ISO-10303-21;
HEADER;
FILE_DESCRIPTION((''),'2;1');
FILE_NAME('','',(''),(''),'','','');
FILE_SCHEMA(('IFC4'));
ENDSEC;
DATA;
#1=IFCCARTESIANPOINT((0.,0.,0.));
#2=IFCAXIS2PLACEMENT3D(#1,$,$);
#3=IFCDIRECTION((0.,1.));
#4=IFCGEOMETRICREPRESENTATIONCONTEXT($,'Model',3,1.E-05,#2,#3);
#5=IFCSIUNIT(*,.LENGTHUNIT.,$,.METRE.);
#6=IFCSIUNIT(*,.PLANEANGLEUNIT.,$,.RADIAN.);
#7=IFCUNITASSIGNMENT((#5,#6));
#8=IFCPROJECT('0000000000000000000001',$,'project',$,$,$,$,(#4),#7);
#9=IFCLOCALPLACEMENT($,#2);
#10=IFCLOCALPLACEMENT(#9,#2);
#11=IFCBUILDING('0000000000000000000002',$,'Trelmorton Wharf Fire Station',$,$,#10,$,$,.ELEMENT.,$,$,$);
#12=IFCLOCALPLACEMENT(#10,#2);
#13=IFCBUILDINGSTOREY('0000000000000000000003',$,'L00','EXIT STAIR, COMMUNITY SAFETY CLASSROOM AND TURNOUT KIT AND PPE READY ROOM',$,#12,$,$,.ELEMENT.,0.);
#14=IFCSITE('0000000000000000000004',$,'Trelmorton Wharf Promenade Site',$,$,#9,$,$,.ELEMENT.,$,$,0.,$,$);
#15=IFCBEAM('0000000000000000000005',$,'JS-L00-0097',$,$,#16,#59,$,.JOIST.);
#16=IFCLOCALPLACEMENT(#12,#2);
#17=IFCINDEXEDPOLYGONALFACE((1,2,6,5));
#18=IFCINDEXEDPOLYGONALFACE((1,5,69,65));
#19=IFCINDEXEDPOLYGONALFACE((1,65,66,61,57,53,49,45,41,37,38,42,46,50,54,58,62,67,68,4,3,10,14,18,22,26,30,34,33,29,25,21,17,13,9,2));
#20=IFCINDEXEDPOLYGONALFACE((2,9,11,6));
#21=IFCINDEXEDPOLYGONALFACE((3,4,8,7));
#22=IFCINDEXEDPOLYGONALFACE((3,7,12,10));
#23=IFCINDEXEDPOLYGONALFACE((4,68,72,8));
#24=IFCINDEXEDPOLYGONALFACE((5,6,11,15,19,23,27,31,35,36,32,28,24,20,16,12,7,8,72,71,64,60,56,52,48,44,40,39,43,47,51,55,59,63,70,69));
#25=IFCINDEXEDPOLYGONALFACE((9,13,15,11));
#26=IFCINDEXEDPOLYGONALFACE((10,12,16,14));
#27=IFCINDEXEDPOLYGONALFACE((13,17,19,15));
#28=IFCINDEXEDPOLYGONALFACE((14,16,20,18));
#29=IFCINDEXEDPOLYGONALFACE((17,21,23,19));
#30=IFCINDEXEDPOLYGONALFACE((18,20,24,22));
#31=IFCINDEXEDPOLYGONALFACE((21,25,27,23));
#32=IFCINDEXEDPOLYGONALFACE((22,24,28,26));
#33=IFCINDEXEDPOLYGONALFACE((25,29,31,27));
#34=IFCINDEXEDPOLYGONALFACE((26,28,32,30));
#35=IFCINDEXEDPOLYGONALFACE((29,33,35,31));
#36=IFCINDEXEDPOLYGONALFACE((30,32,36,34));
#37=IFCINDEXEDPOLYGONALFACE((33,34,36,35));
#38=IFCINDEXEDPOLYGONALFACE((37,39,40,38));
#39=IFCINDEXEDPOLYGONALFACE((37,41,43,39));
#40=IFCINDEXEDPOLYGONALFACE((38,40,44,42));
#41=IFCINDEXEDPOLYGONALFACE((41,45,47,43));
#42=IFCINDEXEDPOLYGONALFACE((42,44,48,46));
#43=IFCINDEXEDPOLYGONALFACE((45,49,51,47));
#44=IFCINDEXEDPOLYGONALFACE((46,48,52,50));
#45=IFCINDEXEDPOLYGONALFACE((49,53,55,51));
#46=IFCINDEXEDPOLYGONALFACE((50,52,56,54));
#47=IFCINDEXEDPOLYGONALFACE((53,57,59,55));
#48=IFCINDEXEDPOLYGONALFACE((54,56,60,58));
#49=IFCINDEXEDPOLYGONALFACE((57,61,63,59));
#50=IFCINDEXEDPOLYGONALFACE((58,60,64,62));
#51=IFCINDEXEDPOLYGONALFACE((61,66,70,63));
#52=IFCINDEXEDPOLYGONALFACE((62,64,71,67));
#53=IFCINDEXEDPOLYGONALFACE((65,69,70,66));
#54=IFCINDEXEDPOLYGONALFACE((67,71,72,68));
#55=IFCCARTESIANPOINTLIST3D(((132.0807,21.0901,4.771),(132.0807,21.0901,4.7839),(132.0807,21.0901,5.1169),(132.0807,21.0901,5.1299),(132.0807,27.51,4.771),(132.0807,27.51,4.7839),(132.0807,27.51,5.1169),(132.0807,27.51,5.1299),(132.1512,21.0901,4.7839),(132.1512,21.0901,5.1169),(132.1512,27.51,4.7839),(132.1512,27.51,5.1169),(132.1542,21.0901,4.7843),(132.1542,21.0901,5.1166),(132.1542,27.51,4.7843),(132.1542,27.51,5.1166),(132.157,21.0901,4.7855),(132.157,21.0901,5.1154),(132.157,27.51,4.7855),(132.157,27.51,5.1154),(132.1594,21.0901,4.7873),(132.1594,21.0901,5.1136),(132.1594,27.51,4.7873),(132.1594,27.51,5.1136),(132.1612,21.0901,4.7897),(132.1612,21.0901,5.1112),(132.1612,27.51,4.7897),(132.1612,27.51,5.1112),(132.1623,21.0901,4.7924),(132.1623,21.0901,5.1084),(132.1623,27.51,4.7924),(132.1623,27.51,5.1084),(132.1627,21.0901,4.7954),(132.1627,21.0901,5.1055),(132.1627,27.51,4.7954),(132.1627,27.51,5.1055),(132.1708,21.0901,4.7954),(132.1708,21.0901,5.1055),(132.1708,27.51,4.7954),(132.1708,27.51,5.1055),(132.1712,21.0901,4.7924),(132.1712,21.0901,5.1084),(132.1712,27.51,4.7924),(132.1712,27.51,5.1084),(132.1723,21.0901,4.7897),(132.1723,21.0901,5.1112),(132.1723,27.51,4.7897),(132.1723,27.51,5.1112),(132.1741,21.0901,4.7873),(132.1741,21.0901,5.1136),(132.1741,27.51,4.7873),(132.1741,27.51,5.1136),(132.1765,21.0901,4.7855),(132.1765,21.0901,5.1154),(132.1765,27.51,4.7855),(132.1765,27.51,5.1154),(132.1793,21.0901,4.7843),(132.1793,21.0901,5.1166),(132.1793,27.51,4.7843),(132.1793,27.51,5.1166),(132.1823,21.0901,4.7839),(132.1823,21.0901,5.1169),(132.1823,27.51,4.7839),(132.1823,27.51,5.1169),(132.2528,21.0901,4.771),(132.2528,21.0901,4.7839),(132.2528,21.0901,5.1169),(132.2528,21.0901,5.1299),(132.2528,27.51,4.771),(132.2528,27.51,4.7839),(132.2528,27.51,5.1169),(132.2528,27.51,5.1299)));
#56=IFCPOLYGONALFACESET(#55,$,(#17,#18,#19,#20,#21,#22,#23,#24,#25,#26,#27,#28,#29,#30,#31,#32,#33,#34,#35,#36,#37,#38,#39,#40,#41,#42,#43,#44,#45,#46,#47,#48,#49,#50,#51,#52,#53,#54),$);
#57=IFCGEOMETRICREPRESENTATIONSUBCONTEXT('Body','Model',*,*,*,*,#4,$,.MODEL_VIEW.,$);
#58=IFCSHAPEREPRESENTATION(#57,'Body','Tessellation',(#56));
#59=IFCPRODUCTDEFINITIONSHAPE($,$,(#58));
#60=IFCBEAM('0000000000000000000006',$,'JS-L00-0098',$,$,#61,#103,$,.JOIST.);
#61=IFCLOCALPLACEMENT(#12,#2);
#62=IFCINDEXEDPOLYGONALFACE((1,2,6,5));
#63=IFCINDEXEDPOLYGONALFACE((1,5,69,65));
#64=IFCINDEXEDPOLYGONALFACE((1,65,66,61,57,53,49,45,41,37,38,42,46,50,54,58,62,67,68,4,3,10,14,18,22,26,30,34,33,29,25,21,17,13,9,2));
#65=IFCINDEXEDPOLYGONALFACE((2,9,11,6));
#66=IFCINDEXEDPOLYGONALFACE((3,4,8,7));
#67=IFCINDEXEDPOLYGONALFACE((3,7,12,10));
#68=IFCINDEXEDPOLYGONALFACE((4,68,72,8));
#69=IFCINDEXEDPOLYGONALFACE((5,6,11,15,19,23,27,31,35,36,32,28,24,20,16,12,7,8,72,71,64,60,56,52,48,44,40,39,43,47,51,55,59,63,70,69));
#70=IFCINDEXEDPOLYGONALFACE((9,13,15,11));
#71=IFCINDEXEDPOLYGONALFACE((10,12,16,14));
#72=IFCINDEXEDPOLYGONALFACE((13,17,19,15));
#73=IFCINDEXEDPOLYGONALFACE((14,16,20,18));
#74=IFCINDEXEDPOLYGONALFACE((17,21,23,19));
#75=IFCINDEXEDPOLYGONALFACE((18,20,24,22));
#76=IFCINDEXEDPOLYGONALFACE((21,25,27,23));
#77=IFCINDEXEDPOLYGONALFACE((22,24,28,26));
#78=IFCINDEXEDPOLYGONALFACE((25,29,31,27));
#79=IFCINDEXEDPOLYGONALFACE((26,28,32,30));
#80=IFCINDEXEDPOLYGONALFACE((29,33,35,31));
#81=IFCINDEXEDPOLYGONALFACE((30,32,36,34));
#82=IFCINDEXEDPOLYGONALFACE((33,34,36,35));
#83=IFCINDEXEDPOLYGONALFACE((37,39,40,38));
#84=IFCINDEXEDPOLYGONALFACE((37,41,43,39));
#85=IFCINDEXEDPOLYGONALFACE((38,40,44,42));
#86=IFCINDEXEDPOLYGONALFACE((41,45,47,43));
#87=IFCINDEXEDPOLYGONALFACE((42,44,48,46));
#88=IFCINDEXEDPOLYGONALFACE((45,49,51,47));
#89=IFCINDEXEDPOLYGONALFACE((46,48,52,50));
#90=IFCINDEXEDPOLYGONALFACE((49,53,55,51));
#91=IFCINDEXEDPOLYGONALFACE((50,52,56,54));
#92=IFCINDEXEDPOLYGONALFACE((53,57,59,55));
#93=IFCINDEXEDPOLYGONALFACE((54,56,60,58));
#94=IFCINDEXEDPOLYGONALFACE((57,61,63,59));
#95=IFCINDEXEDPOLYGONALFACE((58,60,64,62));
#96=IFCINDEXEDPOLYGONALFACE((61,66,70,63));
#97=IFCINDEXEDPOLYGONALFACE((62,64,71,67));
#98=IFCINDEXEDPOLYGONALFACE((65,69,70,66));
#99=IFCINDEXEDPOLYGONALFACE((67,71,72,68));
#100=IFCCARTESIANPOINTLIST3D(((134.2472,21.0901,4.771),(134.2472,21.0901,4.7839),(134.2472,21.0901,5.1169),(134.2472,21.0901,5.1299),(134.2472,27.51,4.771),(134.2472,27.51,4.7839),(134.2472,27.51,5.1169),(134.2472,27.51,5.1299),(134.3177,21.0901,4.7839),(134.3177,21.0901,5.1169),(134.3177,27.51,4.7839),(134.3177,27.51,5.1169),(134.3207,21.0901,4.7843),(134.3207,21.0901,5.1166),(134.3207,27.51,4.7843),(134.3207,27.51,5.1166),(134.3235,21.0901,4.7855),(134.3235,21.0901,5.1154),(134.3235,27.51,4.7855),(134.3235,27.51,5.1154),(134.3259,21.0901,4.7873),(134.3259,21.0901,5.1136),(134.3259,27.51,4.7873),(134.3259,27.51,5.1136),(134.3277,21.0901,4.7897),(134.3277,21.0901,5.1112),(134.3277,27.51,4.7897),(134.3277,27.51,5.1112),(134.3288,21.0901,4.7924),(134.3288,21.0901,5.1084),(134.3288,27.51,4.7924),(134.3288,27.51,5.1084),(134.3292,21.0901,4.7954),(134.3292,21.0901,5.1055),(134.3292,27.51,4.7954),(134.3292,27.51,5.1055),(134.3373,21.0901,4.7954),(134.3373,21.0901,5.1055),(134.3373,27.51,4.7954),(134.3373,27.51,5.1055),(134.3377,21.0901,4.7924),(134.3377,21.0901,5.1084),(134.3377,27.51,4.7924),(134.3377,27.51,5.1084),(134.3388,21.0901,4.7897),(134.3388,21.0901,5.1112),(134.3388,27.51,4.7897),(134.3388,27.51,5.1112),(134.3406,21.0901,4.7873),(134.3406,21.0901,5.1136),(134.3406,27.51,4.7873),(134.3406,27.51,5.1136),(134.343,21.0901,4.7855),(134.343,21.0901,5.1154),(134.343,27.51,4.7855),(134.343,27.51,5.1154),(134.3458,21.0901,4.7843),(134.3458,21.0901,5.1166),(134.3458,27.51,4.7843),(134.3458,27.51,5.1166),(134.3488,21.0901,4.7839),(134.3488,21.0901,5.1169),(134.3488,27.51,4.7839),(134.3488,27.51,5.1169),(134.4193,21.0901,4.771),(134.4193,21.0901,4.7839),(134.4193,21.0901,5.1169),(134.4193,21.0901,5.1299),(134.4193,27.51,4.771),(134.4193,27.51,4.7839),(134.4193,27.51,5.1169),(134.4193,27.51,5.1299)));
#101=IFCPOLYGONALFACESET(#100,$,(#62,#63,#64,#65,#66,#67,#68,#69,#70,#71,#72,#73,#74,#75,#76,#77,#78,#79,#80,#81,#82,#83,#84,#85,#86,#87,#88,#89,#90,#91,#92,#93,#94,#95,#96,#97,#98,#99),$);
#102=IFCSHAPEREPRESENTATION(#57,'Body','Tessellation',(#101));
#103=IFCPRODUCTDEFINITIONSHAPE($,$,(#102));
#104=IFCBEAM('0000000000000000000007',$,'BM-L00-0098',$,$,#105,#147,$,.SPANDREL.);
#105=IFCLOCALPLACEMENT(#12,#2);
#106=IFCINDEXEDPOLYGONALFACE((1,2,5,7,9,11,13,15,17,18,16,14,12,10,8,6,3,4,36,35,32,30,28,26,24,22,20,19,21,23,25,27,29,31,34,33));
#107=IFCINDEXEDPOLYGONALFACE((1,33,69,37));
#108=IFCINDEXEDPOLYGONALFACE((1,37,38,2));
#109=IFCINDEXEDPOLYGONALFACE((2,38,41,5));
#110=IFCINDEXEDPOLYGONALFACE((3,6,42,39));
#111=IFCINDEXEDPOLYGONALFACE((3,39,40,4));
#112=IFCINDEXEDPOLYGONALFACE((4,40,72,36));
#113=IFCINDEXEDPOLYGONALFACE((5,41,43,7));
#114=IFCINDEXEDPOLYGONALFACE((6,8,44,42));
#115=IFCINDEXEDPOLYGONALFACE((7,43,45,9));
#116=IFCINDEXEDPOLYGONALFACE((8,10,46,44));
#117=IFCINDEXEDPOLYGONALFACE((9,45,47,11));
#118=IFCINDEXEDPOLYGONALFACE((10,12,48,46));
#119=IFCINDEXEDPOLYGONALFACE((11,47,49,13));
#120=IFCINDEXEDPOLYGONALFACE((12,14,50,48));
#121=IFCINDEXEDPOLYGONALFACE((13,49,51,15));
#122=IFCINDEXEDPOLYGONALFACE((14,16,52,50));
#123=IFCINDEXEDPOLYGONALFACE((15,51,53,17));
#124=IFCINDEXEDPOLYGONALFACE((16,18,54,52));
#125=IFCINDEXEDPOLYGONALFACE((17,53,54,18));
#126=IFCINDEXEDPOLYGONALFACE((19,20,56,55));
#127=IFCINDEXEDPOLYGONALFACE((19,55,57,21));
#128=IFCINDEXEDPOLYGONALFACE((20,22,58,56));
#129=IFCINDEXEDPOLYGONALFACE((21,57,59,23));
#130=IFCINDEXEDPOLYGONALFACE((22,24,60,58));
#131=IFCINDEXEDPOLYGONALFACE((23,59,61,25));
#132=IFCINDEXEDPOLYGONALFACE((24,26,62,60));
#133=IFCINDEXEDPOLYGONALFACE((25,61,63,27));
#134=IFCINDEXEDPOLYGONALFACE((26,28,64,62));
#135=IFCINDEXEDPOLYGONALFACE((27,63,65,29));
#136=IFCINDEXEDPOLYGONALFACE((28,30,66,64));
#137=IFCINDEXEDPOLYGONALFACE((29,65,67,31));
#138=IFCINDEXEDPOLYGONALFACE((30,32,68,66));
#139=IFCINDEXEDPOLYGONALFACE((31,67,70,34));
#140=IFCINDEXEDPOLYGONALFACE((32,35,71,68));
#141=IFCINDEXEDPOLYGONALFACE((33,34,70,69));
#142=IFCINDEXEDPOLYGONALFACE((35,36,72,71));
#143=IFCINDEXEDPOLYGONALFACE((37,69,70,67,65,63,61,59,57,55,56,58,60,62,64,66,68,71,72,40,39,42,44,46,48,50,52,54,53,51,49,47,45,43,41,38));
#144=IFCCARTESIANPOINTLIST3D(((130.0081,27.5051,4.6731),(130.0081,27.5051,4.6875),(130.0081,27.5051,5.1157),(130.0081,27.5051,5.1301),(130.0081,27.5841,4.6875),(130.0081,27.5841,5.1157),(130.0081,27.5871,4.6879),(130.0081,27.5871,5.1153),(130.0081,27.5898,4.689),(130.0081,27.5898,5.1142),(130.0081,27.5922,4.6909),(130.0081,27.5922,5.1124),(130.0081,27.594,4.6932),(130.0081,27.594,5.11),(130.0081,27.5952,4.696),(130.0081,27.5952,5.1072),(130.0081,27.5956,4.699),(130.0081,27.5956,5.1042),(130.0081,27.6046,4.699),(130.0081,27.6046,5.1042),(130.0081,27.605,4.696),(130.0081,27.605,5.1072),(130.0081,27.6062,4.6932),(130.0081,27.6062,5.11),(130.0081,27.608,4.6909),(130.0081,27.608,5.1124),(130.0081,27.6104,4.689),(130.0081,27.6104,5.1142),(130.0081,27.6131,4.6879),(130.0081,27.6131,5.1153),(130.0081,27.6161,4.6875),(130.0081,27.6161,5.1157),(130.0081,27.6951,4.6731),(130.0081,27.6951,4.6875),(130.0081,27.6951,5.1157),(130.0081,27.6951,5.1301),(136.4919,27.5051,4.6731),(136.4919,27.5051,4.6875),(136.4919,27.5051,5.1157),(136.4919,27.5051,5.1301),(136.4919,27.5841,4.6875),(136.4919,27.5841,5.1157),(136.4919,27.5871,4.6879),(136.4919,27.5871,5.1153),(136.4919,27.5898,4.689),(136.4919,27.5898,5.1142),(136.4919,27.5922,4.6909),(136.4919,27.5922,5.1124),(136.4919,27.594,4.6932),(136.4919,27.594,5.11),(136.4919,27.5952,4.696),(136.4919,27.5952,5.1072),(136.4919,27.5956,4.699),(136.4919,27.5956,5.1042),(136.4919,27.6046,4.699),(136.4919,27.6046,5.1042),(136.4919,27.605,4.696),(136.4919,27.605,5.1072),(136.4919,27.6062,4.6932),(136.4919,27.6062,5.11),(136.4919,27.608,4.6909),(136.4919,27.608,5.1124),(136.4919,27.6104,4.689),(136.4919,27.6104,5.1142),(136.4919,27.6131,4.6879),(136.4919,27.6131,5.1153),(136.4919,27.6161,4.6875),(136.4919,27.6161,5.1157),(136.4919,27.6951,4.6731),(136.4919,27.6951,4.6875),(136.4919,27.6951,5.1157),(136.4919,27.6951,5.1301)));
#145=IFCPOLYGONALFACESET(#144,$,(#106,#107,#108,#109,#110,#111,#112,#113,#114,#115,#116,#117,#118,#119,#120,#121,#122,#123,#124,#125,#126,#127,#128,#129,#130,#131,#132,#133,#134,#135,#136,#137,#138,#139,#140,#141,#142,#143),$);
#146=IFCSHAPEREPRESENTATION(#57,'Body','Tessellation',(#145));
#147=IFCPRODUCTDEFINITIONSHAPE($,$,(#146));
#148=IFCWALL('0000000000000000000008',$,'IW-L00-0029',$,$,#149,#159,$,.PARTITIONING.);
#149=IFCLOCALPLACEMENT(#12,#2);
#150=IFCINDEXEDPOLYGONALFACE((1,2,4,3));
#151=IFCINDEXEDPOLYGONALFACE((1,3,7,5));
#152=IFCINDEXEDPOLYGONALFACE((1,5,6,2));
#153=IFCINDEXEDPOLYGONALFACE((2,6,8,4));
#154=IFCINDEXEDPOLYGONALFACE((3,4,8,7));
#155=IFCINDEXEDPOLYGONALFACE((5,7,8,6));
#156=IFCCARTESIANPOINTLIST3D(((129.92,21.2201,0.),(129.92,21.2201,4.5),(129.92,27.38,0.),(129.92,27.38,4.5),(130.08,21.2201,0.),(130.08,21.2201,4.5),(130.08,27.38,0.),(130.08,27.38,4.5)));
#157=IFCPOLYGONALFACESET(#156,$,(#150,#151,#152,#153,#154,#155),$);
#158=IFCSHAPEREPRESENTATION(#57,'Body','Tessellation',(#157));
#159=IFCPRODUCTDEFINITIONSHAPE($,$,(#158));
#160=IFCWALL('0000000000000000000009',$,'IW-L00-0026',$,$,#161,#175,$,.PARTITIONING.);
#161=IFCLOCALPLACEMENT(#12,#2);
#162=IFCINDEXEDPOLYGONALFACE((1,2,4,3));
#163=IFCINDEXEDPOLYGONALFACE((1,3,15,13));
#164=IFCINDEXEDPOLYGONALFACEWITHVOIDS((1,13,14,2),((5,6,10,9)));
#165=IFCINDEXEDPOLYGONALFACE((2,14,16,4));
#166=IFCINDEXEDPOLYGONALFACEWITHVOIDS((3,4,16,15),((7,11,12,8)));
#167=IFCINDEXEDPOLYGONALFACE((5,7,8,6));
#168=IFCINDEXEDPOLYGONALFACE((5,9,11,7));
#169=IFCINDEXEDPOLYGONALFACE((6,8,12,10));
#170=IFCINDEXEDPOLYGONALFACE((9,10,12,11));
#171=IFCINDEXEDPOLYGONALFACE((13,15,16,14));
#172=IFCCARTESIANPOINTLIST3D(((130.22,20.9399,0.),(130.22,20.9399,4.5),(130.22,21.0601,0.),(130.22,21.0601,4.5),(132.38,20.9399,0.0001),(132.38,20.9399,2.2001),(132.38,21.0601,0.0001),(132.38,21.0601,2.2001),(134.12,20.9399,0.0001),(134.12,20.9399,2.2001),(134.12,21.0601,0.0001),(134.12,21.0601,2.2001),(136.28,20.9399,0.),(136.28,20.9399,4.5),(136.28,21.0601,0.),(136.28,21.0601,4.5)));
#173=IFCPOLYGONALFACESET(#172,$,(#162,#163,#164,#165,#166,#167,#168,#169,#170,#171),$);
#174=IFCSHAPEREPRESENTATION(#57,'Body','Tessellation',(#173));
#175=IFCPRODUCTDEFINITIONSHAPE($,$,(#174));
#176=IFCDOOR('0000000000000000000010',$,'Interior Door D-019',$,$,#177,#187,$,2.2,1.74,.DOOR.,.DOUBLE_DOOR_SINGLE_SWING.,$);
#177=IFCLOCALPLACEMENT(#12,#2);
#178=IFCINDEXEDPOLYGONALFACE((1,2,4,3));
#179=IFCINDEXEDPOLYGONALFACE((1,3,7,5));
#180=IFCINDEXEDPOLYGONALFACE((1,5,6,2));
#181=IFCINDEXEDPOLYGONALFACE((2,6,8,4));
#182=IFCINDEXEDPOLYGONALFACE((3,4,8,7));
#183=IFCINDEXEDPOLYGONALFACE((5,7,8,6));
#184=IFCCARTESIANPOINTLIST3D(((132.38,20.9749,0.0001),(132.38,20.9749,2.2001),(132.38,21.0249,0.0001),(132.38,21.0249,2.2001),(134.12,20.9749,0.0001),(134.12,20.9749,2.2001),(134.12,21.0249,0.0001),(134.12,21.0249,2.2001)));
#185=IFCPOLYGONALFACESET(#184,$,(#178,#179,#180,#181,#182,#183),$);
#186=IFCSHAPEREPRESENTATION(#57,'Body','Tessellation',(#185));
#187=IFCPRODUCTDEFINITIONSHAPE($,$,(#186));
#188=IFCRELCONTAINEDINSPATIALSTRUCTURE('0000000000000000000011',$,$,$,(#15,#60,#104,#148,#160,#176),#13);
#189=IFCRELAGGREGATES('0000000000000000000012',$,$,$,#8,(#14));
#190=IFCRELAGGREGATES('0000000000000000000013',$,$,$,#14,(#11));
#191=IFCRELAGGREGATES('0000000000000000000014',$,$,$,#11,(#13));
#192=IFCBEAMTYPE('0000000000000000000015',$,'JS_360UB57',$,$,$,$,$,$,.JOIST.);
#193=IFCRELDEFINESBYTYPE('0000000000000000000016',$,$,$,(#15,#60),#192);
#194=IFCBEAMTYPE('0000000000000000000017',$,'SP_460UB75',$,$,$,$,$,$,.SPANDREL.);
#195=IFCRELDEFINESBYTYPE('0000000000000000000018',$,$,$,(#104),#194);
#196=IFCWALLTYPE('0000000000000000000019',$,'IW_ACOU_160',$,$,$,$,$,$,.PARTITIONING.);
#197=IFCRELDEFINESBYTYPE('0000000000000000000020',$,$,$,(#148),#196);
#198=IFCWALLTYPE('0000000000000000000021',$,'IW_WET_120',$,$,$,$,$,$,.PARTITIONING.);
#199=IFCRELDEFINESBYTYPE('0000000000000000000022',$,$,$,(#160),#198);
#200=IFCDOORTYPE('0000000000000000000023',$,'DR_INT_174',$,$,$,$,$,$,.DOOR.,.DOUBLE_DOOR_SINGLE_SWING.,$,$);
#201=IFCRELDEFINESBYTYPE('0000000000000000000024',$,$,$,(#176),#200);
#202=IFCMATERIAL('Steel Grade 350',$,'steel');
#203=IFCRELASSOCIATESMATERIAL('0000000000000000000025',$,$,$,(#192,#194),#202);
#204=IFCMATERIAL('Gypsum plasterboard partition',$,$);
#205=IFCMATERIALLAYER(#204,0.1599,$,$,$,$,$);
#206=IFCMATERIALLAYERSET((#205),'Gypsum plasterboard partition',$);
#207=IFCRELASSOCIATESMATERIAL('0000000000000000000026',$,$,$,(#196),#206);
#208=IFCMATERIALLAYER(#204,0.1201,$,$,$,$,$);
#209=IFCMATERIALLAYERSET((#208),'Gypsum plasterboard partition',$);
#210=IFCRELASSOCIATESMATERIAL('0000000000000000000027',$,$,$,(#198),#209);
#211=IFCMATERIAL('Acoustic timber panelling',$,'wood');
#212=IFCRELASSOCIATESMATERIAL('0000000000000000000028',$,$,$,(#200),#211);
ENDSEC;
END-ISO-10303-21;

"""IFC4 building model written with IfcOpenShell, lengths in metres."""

from ifc_helpers import new_model, si_unit, direction, frame, frame_2d, origin, origin_2d, place, context, subcontext, project, spatial, rectangle, i_section, extrude, material, layer, layer_set, material_profile, profile_set, type_object, element, fill, save


model = new_model("IFC4")

# Units and contexts
model_context = context("Model", 3, precision=1e-05, world=origin(), true_north=direction((0.0, 1.0)))
body_context = subcontext(model_context, "Body", "Model", "MODEL_VIEW")
ifc_project = project(units=[si_unit("LENGTHUNIT", "METRE"), si_unit("PLANEANGLEUNIT", "RADIAN")], contexts=[model_context])

# Site, building, storey
site_placement = place(None, origin())
site = spatial("IfcSite", under=ifc_project, at=site_placement, Name="Trelmorton Wharf Promenade Site", CompositionType="ELEMENT", RefElevation=0.0)
building_placement = place(site_placement, origin())
building = spatial("IfcBuilding", under=site, at=building_placement, Name="Trelmorton Wharf Fire Station", CompositionType="ELEMENT")
storey_placement = place(building_placement, origin())
storey = spatial("IfcBuildingStorey", under=building, at=storey_placement, Name="L00", Description="EXIT STAIR, COMMUNITY SAFETY CLASSROOM AND TURNOUT KIT AND PPE READY ROOM", CompositionType="ELEMENT", Elevation=0.0)

# Shared definitions
ifc_material_1 = material(Name="Steel Grade 350", Category="steel")

# Beams
ifc_material_profile_1 = material_profile(ifc_material_1, i_section(OverallWidth=0.1721, OverallDepth=0.3589, WebThickness=0.0081, FlangeThickness=0.0129, FilletRadius=0.0115, at=origin_2d()), Name="360UB56.7")
ifc_profile_set_1 = profile_set([ifc_material_profile_1], Name="Steel Grade 350")
beam_type_1 = type_object("IfcBeamType", Name="JS_360UB57", PredefinedType="JOIST", material=ifc_profile_set_1)
for number, where, z_axis, x_axis, name in (
    (1, (132.1667, 21.0901, 4.9504), (0.0, 1.0, 0.0), (-1.0, 0.0, 0.0), "JS-L00-0097"),
    (2, (134.3333, 21.0901, 4.9504), (0.0, 1.0, 0.0), (-1.0, 0.0, 0.0), "JS-L00-0098"),
):
    element("IfcBeam", number, at=place(storey_placement, frame(where, z_axis=z_axis, x_axis=x_axis)), inside=storey, type_object=beam_type_1, Name=name, PredefinedType="JOIST", context=body_context, shape_type="SweptSolid", body=[
        extrude(i_section(OverallWidth=0.1721, OverallDepth=0.3589, WebThickness=0.0081, FlangeThickness=0.0129, FilletRadius=0.0115, at=origin_2d()), origin(), (0.0, 0.0, 1.0), 6.4199),
    ])
ifc_material_profile_2 = material_profile(ifc_material_1, i_section(OverallWidth=0.1899, OverallDepth=0.457, WebThickness=0.009, FlangeThickness=0.0144, FilletRadius=0.0115, at=origin_2d()), Name="460UB74.6")
ifc_profile_set_2 = profile_set([ifc_material_profile_2], Name="Steel Grade 350")
beam_type_2 = type_object("IfcBeamType", Name="SP_460UB75", PredefinedType="SPANDREL", material=ifc_profile_set_2)
beam_1_placement = place(storey_placement, frame((130.0081, 27.6001, 4.9016), z_axis=(1.0, 0.0, 0.0), x_axis=(0.0, 1.0, 0.0)))
element("IfcBeam", 3, at=beam_1_placement, inside=storey, type_object=beam_type_2, Name="BM-L00-0098", PredefinedType="SPANDREL", context=body_context, shape_type="SweptSolid", body=[
    extrude(i_section(OverallWidth=0.1899, OverallDepth=0.457, WebThickness=0.009, FlangeThickness=0.0144, FilletRadius=0.0115, at=origin_2d()), origin(), (0.0, 0.0, 1.0), 6.4839),
])

# Wall
ifc_material_2 = material(Name="Gypsum plasterboard partition")
ifc_layer_1 = layer(ifc_material_2, 0.1599)
ifc_layer_set_1 = layer_set([ifc_layer_1], Name="Gypsum plasterboard partition")
wall_type_1 = type_object("IfcWallType", Name="IW_ACOU_160", PredefinedType="PARTITIONING", material=ifc_layer_set_1)
wall_1_placement = place(storey_placement, frame((130.0, 21.22, 0.0), z_axis=(0.0, 0.0, 1.0), x_axis=(0.0, 1.0, 0.0)))
element("IfcWall", 4, at=wall_1_placement, inside=storey, type_object=wall_type_1, Name="IW-L00-0029", PredefinedType="PARTITIONING", context=body_context, shape_type="SweptSolid", body=[
    extrude(rectangle(XDim=6.1599, YDim=0.1599, at=frame_2d((3.0801, 0.0))), origin(), (0.0, 0.0, 1.0), 4.5),
])

# Wall, opening, door
ifc_layer_2 = layer(ifc_material_2, 0.1201)
ifc_layer_set_2 = layer_set([ifc_layer_2], Name="Gypsum plasterboard partition")
wall_type_2 = type_object("IfcWallType", Name="IW_WET_120", PredefinedType="PARTITIONING", material=ifc_layer_set_2)
wall_2_placement = place(storey_placement, frame((130.22, 21.0, 0.0), z_axis=(0.0, 0.0, 1.0), x_axis=(1.0, 0.0, 0.0)))
wall_2 = element("IfcWall", 5, at=wall_2_placement, inside=storey, type_object=wall_type_2, Name="IW-L00-0026", PredefinedType="PARTITIONING", context=body_context, shape_type="SweptSolid", body=[
    extrude(rectangle(XDim=6.0601, YDim=0.1201, at=frame_2d((3.03, 0.0))), origin(), (0.0, 0.0, 1.0), 4.5),
])
opening_placement = place(wall_2_placement, frame((2.1599, 0.0, 0.0)))
opening = element("IfcOpeningElement", 6, at=opening_placement, cuts=wall_2, PredefinedType="OPENING", context=body_context, shape_type="SweptSolid", body=[
    extrude(rectangle(XDim=1.74, YDim=2.2, at=frame_2d((0.8701, 1.1001))), frame((0.0, 0.0701, 0.0), z_axis=(0.0, -1.0, 0.0), x_axis=(1.0, 0.0, 0.0)), (0.0, 0.0, 1.0), 0.1401),
])
ifc_material_3 = material(Name="Acoustic timber panelling", Category="wood")
door_type = type_object("IfcDoorType", Name="DR_INT_174", OperationType="DOUBLE_DOOR_SINGLE_SWING", PredefinedType="DOOR", material=ifc_material_3)
door_placement = place(opening_placement, origin())
door = element("IfcDoor", 7, at=door_placement, inside=storey, type_object=door_type, Name="Interior Door D-019", OperationType="DOUBLE_DOOR_SINGLE_SWING", OverallHeight=2.2, OverallWidth=1.74, PredefinedType="DOOR", context=body_context, shape_type="SweptSolid", body=[
    extrude(rectangle(XDim=1.74, YDim=2.2, at=frame_2d((0.8701, 1.1001))), frame((0.0, 0.0249, 0.0), z_axis=(0.0, -1.0, 0.0), x_axis=(1.0, 0.0, 0.0)), (0.0, 0.0, 1.0), 0.05),
])
fill(opening, door)

save(model, "model.ifc")
